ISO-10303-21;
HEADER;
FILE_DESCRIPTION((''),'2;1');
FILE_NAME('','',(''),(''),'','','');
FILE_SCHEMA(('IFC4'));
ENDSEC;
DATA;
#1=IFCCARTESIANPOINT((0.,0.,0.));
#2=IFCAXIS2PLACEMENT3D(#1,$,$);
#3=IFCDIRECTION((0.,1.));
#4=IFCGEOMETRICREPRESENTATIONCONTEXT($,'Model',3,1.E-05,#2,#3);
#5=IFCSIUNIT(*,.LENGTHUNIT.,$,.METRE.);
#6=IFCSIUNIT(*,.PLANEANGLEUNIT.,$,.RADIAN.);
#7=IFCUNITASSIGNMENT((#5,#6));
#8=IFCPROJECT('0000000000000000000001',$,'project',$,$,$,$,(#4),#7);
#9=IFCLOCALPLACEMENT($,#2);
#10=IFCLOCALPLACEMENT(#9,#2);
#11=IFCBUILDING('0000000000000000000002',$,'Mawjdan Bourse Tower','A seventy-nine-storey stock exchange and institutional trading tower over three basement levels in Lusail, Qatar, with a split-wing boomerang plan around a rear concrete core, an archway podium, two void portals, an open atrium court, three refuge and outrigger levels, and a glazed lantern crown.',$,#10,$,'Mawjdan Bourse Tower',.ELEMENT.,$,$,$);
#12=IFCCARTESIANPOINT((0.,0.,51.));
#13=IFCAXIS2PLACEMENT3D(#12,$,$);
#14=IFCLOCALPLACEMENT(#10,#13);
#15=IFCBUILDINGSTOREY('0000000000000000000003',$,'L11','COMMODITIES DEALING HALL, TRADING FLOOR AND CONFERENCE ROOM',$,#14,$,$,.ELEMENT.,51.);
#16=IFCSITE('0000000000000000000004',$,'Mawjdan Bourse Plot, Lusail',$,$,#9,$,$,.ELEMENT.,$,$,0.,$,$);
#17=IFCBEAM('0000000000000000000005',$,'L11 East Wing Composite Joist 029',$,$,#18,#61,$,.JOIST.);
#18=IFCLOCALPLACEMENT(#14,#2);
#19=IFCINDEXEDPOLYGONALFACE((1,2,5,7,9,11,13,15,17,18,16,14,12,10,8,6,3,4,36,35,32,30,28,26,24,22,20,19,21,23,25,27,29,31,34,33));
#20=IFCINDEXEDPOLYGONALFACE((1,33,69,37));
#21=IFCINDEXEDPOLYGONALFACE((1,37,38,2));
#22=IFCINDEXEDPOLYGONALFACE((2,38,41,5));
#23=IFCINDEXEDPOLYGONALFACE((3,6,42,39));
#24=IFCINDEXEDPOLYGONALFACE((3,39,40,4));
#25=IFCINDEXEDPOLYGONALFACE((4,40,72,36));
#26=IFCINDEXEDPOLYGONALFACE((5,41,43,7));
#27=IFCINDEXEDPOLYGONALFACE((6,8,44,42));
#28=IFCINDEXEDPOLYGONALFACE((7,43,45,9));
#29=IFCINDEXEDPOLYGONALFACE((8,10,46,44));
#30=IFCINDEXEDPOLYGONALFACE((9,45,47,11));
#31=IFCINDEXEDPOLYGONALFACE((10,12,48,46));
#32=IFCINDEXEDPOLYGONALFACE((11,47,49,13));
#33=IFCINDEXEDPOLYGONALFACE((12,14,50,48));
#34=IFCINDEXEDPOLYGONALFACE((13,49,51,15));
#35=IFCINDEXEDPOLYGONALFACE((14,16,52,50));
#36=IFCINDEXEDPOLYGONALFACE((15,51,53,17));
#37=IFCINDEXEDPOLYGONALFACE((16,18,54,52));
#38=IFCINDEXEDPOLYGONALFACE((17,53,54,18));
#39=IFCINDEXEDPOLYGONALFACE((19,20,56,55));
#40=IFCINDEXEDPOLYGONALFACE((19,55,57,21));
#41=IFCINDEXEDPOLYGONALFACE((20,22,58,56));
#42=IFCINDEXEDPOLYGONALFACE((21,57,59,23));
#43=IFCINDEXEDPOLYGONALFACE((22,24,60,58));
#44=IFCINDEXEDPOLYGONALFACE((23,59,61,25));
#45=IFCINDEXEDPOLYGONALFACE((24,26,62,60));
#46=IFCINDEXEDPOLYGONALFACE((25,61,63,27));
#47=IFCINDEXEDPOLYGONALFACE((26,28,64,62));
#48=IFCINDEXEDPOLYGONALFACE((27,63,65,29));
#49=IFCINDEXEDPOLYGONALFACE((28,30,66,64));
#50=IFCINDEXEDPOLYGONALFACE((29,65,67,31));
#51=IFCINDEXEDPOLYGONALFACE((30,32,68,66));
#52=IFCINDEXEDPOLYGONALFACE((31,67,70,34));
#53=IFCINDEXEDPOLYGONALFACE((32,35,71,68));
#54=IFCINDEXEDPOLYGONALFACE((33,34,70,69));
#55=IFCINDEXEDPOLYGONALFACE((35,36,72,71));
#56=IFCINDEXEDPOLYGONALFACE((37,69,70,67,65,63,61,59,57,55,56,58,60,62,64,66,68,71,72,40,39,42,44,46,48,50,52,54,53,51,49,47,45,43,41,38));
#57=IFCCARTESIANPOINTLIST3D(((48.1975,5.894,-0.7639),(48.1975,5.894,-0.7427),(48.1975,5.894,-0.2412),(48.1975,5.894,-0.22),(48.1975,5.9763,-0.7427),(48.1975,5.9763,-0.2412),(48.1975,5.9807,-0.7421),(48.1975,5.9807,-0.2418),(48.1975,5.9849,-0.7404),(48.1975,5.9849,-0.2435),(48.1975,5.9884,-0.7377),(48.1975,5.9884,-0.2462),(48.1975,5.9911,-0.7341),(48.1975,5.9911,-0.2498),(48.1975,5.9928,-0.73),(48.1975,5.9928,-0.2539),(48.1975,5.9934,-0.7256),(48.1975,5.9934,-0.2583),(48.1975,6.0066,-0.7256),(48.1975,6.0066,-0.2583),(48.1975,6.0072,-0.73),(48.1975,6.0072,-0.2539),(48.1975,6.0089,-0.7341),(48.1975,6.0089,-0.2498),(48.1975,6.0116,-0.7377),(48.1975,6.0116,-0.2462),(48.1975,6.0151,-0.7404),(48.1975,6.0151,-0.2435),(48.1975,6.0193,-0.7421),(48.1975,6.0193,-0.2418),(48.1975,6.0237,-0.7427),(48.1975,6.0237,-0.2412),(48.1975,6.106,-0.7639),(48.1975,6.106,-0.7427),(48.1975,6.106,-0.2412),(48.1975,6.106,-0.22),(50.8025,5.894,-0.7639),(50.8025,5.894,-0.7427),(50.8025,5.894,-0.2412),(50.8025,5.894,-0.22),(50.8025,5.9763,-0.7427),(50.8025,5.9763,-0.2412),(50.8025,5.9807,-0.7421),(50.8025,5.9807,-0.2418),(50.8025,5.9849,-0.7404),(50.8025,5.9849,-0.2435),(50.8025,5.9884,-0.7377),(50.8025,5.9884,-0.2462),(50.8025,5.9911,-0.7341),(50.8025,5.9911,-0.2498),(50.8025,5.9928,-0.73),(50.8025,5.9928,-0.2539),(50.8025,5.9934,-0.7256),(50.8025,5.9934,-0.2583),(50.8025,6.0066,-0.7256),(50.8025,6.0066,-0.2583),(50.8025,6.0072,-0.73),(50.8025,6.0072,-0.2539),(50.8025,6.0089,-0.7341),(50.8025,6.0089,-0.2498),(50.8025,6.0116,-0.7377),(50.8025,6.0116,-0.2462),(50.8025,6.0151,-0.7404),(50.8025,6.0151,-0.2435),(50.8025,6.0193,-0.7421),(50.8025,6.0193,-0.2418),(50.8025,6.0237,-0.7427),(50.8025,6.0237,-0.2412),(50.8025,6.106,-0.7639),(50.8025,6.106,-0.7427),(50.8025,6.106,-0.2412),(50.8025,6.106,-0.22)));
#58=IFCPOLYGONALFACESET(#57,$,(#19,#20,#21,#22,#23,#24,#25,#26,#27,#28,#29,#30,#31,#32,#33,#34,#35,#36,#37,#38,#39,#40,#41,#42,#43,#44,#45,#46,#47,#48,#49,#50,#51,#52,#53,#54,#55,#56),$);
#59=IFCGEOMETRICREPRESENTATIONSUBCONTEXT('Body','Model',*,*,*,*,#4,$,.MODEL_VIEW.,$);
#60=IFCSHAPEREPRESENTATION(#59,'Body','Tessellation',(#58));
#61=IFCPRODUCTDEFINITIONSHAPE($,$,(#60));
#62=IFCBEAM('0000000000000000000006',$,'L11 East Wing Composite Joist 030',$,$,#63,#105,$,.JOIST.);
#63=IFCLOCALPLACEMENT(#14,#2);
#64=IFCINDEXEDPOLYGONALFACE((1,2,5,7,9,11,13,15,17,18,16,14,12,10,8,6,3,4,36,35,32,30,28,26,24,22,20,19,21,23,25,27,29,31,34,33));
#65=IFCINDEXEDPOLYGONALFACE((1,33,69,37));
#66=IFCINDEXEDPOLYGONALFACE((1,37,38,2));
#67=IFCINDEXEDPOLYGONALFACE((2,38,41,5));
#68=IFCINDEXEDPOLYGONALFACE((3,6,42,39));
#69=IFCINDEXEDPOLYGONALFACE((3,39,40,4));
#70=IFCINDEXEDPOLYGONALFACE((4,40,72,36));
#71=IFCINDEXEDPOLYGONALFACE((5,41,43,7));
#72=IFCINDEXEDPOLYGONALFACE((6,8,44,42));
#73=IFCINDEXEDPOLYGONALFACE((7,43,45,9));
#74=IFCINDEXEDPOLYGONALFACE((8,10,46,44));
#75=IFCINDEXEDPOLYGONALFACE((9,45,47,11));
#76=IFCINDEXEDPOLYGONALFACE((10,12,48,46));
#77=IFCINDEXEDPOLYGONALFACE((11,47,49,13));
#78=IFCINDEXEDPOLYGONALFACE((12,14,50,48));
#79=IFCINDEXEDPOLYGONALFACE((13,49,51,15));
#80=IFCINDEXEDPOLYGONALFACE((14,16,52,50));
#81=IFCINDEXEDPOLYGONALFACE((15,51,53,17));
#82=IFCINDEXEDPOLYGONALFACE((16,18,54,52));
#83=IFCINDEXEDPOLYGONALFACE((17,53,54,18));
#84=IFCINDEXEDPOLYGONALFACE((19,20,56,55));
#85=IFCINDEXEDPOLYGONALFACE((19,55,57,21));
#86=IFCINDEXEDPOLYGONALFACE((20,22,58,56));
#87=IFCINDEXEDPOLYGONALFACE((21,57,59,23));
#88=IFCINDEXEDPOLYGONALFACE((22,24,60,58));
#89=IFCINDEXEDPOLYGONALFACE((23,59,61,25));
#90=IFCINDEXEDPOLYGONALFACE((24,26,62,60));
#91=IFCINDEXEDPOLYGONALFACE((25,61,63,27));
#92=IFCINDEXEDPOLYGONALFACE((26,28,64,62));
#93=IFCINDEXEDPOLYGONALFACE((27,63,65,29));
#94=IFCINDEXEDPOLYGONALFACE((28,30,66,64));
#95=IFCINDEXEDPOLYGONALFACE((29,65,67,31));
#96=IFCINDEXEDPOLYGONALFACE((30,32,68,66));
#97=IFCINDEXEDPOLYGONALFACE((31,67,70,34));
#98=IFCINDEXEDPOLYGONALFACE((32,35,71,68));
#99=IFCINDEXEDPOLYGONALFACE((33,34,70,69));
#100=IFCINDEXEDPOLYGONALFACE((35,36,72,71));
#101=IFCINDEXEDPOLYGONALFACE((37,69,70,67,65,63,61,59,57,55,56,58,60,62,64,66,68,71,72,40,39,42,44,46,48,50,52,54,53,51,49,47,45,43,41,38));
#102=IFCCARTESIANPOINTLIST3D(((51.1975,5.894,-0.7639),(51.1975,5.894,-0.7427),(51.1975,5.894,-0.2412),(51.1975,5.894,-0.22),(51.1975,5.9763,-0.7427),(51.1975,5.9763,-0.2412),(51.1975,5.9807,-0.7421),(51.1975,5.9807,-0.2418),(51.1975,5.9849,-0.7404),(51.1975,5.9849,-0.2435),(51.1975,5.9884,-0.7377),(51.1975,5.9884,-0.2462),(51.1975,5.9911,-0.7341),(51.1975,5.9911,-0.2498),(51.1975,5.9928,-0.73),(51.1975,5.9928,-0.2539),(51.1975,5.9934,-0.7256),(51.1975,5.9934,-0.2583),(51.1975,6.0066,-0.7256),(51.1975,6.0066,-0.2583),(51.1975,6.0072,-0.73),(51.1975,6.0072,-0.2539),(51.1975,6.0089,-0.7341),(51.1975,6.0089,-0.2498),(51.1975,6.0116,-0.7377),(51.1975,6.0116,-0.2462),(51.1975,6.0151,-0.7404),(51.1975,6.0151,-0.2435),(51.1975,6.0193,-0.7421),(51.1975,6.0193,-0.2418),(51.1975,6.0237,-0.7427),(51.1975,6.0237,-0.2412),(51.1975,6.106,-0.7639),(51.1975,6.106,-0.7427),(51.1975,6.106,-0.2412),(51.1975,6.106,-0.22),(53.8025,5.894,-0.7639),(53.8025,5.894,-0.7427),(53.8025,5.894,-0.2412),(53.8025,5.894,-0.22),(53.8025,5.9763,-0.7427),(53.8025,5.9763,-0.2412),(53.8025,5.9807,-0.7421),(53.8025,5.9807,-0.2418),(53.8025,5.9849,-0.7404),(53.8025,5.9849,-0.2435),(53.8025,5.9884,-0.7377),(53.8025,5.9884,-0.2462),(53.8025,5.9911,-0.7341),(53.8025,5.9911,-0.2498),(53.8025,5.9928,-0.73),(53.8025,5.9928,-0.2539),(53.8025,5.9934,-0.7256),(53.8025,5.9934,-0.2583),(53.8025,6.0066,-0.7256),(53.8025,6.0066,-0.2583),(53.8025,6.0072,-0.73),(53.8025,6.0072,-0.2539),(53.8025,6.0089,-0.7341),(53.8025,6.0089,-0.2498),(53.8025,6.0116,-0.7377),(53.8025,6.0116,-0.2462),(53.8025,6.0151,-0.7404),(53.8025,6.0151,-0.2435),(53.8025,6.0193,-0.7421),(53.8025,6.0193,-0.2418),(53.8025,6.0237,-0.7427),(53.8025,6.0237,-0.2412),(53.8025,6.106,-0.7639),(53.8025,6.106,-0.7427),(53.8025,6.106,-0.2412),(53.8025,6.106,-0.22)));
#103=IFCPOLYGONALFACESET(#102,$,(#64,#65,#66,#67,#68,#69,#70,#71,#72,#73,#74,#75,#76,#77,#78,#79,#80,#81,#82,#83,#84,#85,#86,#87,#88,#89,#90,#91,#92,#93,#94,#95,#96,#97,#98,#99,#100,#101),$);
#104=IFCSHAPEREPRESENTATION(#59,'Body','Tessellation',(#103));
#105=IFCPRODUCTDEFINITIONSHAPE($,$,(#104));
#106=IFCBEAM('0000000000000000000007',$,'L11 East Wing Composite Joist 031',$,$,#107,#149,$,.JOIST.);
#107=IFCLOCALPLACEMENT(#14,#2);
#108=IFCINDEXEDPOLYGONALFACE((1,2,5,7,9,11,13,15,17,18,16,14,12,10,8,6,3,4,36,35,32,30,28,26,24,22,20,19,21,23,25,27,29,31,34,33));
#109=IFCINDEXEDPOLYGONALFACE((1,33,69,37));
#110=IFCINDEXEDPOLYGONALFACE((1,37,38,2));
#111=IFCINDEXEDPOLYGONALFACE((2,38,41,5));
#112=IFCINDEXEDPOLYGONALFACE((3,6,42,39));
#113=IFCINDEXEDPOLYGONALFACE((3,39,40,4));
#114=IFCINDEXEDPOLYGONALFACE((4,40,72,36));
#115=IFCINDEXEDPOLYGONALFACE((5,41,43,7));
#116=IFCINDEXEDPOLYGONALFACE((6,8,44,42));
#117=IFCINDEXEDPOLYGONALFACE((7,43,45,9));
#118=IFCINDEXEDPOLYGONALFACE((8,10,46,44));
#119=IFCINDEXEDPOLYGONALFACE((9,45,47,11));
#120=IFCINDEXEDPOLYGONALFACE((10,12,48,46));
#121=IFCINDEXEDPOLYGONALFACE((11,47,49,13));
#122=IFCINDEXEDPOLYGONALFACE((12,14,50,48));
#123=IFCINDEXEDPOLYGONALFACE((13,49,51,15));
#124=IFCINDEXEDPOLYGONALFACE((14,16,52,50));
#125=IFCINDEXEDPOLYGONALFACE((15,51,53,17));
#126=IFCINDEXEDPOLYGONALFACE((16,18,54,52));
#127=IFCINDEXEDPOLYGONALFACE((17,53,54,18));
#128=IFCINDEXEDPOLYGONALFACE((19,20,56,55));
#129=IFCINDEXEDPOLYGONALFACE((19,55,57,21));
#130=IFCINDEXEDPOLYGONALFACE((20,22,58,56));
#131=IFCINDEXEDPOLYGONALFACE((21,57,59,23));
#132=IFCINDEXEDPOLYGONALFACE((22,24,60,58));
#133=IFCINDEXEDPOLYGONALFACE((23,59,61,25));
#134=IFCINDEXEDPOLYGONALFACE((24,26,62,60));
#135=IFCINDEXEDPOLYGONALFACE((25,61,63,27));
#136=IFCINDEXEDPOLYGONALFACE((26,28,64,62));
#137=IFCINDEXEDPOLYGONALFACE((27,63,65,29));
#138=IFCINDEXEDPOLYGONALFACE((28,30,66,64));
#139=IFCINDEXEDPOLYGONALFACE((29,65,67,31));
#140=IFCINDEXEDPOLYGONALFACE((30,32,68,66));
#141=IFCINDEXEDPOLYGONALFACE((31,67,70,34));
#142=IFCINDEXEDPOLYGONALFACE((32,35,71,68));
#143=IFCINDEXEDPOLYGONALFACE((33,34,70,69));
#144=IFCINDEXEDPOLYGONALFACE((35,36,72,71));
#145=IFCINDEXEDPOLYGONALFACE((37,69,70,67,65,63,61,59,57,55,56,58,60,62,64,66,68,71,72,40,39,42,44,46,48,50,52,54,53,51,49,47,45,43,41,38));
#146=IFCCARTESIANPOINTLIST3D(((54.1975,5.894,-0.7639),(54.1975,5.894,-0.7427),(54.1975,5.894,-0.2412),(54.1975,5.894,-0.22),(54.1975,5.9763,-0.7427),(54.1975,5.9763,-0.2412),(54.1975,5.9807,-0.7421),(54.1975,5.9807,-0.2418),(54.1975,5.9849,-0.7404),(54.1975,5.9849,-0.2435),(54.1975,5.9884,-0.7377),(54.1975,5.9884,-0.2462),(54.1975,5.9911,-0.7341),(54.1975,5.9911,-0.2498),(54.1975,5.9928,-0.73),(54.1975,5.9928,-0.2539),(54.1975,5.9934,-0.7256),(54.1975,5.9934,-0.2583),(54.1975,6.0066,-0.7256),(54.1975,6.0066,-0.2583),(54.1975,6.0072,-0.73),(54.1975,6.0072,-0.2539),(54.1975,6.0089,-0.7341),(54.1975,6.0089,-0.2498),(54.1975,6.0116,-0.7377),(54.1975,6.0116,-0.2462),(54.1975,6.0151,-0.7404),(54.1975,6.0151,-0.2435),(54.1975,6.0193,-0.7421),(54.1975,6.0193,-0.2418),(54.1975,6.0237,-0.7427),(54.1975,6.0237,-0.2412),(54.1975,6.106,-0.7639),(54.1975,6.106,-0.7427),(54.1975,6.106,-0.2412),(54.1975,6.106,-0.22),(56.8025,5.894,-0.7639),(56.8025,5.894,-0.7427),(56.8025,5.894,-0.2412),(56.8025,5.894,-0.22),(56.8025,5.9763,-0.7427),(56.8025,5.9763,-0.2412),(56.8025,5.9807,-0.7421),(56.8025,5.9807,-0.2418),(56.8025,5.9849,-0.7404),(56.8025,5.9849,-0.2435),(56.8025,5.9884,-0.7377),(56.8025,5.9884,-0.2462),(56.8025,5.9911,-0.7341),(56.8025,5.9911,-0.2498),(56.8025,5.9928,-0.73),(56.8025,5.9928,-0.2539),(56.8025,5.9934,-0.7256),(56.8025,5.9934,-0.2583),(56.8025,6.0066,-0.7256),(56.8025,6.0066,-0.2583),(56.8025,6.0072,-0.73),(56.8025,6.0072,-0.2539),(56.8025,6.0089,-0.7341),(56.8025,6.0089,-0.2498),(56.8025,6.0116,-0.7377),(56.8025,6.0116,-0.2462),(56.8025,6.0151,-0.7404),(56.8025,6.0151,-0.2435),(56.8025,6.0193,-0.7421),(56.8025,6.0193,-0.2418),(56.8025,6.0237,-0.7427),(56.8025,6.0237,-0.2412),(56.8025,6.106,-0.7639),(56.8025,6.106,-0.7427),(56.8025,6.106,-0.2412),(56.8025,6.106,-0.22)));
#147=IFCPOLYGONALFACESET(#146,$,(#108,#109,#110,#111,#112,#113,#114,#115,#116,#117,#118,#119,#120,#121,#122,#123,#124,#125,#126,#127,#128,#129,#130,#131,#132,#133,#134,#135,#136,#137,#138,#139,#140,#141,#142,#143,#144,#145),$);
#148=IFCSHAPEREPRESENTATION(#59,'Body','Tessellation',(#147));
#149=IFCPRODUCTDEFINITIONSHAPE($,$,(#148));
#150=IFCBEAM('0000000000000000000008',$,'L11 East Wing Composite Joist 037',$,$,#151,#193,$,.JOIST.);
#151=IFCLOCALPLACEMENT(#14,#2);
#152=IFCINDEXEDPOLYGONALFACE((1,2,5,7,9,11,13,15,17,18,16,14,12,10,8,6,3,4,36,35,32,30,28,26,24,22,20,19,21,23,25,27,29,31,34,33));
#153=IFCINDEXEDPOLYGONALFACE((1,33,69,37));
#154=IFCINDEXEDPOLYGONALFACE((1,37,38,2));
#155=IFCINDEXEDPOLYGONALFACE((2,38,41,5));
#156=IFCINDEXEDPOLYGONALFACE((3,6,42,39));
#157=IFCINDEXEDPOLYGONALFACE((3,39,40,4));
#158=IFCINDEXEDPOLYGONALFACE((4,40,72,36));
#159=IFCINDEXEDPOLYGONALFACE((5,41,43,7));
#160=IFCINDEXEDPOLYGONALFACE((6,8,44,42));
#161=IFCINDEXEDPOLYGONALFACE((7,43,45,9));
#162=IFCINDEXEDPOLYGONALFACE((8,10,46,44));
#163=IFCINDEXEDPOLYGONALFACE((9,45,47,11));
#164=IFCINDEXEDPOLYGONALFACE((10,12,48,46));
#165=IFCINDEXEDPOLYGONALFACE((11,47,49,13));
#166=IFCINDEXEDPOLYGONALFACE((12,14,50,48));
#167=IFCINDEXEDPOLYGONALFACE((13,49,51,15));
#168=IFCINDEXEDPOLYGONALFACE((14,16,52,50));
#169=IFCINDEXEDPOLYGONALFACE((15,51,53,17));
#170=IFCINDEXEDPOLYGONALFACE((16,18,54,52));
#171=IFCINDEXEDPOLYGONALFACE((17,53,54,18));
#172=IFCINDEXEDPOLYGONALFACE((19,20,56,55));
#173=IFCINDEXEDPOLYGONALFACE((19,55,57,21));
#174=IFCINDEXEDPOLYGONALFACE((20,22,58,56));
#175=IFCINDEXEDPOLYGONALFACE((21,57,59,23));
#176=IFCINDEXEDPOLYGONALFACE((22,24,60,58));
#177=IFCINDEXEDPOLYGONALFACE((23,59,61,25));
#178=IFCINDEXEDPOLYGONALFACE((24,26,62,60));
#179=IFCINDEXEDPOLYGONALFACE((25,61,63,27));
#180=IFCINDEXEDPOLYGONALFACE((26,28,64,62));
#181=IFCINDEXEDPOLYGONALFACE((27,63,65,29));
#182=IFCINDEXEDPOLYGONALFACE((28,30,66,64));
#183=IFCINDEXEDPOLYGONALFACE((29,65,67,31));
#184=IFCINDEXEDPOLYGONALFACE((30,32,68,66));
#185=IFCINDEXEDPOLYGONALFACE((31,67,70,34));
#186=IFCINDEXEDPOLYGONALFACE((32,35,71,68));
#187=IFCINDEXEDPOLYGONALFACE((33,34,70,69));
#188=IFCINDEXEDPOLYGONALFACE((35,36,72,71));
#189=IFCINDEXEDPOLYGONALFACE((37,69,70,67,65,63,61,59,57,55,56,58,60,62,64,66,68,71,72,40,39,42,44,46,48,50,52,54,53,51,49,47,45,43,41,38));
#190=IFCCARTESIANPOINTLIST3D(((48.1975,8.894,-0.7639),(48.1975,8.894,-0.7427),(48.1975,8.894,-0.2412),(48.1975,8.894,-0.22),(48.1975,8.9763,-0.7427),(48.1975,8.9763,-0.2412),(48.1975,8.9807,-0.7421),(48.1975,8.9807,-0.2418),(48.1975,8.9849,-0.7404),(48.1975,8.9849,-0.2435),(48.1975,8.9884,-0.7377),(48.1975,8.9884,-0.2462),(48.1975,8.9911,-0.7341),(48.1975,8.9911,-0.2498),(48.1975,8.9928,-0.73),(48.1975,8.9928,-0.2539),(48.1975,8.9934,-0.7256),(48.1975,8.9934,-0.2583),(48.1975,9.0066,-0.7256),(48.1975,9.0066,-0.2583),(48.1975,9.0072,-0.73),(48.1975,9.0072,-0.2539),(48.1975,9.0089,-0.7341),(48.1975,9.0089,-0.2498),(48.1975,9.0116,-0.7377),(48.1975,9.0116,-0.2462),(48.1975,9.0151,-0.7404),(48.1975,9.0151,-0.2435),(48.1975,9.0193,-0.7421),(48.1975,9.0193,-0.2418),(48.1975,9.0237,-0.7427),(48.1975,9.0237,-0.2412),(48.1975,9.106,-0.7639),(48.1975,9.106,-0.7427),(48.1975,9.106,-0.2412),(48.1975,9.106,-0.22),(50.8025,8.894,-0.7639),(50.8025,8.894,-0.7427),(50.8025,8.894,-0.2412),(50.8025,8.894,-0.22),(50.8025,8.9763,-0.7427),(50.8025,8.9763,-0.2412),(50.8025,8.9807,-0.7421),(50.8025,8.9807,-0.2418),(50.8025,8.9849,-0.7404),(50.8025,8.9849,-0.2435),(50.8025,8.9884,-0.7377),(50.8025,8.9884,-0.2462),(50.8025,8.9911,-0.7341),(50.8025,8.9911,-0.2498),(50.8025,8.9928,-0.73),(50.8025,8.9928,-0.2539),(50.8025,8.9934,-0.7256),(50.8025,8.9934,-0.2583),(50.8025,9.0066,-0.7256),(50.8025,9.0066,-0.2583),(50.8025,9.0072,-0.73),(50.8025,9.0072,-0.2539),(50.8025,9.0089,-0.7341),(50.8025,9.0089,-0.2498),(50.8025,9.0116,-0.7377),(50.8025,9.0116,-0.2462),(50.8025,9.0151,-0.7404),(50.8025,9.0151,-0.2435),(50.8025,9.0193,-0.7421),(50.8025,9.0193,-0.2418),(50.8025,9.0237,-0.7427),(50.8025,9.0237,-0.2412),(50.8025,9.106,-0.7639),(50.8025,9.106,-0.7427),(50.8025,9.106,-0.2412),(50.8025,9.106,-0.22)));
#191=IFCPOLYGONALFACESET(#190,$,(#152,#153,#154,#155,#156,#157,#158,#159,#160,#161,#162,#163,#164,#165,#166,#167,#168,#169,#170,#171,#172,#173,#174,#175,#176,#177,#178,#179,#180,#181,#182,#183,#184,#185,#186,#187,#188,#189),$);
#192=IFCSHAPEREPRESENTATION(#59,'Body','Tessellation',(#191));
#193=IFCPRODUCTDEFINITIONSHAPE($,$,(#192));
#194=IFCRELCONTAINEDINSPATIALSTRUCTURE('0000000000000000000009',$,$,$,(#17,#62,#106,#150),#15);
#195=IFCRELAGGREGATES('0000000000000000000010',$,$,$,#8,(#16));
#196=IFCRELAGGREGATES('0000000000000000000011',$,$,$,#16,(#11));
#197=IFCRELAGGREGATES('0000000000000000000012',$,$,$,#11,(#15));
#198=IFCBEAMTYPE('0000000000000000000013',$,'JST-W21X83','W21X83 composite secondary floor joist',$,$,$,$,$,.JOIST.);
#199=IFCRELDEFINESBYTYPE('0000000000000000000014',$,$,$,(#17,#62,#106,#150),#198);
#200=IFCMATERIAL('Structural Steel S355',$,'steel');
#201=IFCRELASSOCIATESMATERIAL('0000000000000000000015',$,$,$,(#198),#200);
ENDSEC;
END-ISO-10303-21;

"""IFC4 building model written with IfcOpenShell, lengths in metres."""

from ifc_helpers import new_model, si_unit, direction, frame, origin, origin_2d, place, context, subcontext, project, spatial, i_section, extrude, material, material_profile, profile_set, type_object, element, save


model = new_model("IFC4")

# Units and contexts
model_context = context("Model", 3, precision=1e-05, world=origin(), true_north=direction((0.0, 1.0)))
body_context = subcontext(model_context, "Body", "Model", "MODEL_VIEW")
ifc_project = project(units=[si_unit("LENGTHUNIT", "METRE"), si_unit("PLANEANGLEUNIT", "RADIAN")], contexts=[model_context])

# Site, building, storey
site_placement = place(None, origin())
site = spatial("IfcSite", under=ifc_project, at=site_placement, Name="Mawjdan Bourse Plot, Lusail", CompositionType="ELEMENT", RefElevation=0.0)
building_placement = place(site_placement, origin())
building = spatial("IfcBuilding", under=site, at=building_placement, Name="Mawjdan Bourse Tower", Description="A seventy-nine-storey stock exchange and institutional trading tower over three basement levels in Lusail, Qatar, with a split-wing boomerang plan around a rear concrete core, an archway podium, two void portals, an open atrium court, three refuge and outrigger levels, and a glazed lantern crown.", LongName="Mawjdan Bourse Tower", CompositionType="ELEMENT")
storey_placement = place(building_placement, frame((0.0, 0.0, 51.0)))
storey = spatial("IfcBuildingStorey", under=building, at=storey_placement, Name="L11", Description="COMMODITIES DEALING HALL, TRADING FLOOR AND CONFERENCE ROOM", CompositionType="ELEMENT", Elevation=51.0)

# Beams
ifc_material_1 = material(Name="Structural Steel S355", Category="steel")
ifc_material_profile_1 = material_profile(ifc_material_1, i_section(OverallWidth=0.2119, OverallDepth=0.5439, WebThickness=0.0132, FlangeThickness=0.0212, FilletRadius=0.0171, at=origin_2d()), Name="W21X83")
ifc_profile_set_1 = profile_set([ifc_material_profile_1], Name="Structural Steel S355")
beam_type_1 = type_object("IfcBeamType", Name="JST-W21X83", Description="W21X83 composite secondary floor joist", PredefinedType="JOIST", material=ifc_profile_set_1)
for number, where, z_axis, x_axis, name in (
    (1, (48.1975, 6.0, -0.4919), (1.0, 0.0, 0.0), (0.0, 1.0, 0.0), "L11 East Wing Composite Joist 029"),
    (2, (51.1975, 6.0, -0.4919), (1.0, 0.0, 0.0), (0.0, 1.0, 0.0), "L11 East Wing Composite Joist 030"),
    (3, (54.1975, 6.0, -0.4919), (1.0, 0.0, 0.0), (0.0, 1.0, 0.0), "L11 East Wing Composite Joist 031"),
    (4, (48.1975, 9.0, -0.4919), (1.0, 0.0, 0.0), (0.0, 1.0, 0.0), "L11 East Wing Composite Joist 037"),
):
    element("IfcBeam", number, at=place(storey_placement, frame(where, z_axis=z_axis, x_axis=x_axis)), inside=storey, type_object=beam_type_1, Name=name, PredefinedType="JOIST", context=body_context, shape_type="SweptSolid", body=[
        extrude(i_section(OverallWidth=0.2119, OverallDepth=0.5439, WebThickness=0.0132, FlangeThickness=0.0212, FilletRadius=0.0171, at=origin_2d()), origin(), (0.0, 0.0, 1.0), 2.605),
    ])

save(model, "model.ifc")
